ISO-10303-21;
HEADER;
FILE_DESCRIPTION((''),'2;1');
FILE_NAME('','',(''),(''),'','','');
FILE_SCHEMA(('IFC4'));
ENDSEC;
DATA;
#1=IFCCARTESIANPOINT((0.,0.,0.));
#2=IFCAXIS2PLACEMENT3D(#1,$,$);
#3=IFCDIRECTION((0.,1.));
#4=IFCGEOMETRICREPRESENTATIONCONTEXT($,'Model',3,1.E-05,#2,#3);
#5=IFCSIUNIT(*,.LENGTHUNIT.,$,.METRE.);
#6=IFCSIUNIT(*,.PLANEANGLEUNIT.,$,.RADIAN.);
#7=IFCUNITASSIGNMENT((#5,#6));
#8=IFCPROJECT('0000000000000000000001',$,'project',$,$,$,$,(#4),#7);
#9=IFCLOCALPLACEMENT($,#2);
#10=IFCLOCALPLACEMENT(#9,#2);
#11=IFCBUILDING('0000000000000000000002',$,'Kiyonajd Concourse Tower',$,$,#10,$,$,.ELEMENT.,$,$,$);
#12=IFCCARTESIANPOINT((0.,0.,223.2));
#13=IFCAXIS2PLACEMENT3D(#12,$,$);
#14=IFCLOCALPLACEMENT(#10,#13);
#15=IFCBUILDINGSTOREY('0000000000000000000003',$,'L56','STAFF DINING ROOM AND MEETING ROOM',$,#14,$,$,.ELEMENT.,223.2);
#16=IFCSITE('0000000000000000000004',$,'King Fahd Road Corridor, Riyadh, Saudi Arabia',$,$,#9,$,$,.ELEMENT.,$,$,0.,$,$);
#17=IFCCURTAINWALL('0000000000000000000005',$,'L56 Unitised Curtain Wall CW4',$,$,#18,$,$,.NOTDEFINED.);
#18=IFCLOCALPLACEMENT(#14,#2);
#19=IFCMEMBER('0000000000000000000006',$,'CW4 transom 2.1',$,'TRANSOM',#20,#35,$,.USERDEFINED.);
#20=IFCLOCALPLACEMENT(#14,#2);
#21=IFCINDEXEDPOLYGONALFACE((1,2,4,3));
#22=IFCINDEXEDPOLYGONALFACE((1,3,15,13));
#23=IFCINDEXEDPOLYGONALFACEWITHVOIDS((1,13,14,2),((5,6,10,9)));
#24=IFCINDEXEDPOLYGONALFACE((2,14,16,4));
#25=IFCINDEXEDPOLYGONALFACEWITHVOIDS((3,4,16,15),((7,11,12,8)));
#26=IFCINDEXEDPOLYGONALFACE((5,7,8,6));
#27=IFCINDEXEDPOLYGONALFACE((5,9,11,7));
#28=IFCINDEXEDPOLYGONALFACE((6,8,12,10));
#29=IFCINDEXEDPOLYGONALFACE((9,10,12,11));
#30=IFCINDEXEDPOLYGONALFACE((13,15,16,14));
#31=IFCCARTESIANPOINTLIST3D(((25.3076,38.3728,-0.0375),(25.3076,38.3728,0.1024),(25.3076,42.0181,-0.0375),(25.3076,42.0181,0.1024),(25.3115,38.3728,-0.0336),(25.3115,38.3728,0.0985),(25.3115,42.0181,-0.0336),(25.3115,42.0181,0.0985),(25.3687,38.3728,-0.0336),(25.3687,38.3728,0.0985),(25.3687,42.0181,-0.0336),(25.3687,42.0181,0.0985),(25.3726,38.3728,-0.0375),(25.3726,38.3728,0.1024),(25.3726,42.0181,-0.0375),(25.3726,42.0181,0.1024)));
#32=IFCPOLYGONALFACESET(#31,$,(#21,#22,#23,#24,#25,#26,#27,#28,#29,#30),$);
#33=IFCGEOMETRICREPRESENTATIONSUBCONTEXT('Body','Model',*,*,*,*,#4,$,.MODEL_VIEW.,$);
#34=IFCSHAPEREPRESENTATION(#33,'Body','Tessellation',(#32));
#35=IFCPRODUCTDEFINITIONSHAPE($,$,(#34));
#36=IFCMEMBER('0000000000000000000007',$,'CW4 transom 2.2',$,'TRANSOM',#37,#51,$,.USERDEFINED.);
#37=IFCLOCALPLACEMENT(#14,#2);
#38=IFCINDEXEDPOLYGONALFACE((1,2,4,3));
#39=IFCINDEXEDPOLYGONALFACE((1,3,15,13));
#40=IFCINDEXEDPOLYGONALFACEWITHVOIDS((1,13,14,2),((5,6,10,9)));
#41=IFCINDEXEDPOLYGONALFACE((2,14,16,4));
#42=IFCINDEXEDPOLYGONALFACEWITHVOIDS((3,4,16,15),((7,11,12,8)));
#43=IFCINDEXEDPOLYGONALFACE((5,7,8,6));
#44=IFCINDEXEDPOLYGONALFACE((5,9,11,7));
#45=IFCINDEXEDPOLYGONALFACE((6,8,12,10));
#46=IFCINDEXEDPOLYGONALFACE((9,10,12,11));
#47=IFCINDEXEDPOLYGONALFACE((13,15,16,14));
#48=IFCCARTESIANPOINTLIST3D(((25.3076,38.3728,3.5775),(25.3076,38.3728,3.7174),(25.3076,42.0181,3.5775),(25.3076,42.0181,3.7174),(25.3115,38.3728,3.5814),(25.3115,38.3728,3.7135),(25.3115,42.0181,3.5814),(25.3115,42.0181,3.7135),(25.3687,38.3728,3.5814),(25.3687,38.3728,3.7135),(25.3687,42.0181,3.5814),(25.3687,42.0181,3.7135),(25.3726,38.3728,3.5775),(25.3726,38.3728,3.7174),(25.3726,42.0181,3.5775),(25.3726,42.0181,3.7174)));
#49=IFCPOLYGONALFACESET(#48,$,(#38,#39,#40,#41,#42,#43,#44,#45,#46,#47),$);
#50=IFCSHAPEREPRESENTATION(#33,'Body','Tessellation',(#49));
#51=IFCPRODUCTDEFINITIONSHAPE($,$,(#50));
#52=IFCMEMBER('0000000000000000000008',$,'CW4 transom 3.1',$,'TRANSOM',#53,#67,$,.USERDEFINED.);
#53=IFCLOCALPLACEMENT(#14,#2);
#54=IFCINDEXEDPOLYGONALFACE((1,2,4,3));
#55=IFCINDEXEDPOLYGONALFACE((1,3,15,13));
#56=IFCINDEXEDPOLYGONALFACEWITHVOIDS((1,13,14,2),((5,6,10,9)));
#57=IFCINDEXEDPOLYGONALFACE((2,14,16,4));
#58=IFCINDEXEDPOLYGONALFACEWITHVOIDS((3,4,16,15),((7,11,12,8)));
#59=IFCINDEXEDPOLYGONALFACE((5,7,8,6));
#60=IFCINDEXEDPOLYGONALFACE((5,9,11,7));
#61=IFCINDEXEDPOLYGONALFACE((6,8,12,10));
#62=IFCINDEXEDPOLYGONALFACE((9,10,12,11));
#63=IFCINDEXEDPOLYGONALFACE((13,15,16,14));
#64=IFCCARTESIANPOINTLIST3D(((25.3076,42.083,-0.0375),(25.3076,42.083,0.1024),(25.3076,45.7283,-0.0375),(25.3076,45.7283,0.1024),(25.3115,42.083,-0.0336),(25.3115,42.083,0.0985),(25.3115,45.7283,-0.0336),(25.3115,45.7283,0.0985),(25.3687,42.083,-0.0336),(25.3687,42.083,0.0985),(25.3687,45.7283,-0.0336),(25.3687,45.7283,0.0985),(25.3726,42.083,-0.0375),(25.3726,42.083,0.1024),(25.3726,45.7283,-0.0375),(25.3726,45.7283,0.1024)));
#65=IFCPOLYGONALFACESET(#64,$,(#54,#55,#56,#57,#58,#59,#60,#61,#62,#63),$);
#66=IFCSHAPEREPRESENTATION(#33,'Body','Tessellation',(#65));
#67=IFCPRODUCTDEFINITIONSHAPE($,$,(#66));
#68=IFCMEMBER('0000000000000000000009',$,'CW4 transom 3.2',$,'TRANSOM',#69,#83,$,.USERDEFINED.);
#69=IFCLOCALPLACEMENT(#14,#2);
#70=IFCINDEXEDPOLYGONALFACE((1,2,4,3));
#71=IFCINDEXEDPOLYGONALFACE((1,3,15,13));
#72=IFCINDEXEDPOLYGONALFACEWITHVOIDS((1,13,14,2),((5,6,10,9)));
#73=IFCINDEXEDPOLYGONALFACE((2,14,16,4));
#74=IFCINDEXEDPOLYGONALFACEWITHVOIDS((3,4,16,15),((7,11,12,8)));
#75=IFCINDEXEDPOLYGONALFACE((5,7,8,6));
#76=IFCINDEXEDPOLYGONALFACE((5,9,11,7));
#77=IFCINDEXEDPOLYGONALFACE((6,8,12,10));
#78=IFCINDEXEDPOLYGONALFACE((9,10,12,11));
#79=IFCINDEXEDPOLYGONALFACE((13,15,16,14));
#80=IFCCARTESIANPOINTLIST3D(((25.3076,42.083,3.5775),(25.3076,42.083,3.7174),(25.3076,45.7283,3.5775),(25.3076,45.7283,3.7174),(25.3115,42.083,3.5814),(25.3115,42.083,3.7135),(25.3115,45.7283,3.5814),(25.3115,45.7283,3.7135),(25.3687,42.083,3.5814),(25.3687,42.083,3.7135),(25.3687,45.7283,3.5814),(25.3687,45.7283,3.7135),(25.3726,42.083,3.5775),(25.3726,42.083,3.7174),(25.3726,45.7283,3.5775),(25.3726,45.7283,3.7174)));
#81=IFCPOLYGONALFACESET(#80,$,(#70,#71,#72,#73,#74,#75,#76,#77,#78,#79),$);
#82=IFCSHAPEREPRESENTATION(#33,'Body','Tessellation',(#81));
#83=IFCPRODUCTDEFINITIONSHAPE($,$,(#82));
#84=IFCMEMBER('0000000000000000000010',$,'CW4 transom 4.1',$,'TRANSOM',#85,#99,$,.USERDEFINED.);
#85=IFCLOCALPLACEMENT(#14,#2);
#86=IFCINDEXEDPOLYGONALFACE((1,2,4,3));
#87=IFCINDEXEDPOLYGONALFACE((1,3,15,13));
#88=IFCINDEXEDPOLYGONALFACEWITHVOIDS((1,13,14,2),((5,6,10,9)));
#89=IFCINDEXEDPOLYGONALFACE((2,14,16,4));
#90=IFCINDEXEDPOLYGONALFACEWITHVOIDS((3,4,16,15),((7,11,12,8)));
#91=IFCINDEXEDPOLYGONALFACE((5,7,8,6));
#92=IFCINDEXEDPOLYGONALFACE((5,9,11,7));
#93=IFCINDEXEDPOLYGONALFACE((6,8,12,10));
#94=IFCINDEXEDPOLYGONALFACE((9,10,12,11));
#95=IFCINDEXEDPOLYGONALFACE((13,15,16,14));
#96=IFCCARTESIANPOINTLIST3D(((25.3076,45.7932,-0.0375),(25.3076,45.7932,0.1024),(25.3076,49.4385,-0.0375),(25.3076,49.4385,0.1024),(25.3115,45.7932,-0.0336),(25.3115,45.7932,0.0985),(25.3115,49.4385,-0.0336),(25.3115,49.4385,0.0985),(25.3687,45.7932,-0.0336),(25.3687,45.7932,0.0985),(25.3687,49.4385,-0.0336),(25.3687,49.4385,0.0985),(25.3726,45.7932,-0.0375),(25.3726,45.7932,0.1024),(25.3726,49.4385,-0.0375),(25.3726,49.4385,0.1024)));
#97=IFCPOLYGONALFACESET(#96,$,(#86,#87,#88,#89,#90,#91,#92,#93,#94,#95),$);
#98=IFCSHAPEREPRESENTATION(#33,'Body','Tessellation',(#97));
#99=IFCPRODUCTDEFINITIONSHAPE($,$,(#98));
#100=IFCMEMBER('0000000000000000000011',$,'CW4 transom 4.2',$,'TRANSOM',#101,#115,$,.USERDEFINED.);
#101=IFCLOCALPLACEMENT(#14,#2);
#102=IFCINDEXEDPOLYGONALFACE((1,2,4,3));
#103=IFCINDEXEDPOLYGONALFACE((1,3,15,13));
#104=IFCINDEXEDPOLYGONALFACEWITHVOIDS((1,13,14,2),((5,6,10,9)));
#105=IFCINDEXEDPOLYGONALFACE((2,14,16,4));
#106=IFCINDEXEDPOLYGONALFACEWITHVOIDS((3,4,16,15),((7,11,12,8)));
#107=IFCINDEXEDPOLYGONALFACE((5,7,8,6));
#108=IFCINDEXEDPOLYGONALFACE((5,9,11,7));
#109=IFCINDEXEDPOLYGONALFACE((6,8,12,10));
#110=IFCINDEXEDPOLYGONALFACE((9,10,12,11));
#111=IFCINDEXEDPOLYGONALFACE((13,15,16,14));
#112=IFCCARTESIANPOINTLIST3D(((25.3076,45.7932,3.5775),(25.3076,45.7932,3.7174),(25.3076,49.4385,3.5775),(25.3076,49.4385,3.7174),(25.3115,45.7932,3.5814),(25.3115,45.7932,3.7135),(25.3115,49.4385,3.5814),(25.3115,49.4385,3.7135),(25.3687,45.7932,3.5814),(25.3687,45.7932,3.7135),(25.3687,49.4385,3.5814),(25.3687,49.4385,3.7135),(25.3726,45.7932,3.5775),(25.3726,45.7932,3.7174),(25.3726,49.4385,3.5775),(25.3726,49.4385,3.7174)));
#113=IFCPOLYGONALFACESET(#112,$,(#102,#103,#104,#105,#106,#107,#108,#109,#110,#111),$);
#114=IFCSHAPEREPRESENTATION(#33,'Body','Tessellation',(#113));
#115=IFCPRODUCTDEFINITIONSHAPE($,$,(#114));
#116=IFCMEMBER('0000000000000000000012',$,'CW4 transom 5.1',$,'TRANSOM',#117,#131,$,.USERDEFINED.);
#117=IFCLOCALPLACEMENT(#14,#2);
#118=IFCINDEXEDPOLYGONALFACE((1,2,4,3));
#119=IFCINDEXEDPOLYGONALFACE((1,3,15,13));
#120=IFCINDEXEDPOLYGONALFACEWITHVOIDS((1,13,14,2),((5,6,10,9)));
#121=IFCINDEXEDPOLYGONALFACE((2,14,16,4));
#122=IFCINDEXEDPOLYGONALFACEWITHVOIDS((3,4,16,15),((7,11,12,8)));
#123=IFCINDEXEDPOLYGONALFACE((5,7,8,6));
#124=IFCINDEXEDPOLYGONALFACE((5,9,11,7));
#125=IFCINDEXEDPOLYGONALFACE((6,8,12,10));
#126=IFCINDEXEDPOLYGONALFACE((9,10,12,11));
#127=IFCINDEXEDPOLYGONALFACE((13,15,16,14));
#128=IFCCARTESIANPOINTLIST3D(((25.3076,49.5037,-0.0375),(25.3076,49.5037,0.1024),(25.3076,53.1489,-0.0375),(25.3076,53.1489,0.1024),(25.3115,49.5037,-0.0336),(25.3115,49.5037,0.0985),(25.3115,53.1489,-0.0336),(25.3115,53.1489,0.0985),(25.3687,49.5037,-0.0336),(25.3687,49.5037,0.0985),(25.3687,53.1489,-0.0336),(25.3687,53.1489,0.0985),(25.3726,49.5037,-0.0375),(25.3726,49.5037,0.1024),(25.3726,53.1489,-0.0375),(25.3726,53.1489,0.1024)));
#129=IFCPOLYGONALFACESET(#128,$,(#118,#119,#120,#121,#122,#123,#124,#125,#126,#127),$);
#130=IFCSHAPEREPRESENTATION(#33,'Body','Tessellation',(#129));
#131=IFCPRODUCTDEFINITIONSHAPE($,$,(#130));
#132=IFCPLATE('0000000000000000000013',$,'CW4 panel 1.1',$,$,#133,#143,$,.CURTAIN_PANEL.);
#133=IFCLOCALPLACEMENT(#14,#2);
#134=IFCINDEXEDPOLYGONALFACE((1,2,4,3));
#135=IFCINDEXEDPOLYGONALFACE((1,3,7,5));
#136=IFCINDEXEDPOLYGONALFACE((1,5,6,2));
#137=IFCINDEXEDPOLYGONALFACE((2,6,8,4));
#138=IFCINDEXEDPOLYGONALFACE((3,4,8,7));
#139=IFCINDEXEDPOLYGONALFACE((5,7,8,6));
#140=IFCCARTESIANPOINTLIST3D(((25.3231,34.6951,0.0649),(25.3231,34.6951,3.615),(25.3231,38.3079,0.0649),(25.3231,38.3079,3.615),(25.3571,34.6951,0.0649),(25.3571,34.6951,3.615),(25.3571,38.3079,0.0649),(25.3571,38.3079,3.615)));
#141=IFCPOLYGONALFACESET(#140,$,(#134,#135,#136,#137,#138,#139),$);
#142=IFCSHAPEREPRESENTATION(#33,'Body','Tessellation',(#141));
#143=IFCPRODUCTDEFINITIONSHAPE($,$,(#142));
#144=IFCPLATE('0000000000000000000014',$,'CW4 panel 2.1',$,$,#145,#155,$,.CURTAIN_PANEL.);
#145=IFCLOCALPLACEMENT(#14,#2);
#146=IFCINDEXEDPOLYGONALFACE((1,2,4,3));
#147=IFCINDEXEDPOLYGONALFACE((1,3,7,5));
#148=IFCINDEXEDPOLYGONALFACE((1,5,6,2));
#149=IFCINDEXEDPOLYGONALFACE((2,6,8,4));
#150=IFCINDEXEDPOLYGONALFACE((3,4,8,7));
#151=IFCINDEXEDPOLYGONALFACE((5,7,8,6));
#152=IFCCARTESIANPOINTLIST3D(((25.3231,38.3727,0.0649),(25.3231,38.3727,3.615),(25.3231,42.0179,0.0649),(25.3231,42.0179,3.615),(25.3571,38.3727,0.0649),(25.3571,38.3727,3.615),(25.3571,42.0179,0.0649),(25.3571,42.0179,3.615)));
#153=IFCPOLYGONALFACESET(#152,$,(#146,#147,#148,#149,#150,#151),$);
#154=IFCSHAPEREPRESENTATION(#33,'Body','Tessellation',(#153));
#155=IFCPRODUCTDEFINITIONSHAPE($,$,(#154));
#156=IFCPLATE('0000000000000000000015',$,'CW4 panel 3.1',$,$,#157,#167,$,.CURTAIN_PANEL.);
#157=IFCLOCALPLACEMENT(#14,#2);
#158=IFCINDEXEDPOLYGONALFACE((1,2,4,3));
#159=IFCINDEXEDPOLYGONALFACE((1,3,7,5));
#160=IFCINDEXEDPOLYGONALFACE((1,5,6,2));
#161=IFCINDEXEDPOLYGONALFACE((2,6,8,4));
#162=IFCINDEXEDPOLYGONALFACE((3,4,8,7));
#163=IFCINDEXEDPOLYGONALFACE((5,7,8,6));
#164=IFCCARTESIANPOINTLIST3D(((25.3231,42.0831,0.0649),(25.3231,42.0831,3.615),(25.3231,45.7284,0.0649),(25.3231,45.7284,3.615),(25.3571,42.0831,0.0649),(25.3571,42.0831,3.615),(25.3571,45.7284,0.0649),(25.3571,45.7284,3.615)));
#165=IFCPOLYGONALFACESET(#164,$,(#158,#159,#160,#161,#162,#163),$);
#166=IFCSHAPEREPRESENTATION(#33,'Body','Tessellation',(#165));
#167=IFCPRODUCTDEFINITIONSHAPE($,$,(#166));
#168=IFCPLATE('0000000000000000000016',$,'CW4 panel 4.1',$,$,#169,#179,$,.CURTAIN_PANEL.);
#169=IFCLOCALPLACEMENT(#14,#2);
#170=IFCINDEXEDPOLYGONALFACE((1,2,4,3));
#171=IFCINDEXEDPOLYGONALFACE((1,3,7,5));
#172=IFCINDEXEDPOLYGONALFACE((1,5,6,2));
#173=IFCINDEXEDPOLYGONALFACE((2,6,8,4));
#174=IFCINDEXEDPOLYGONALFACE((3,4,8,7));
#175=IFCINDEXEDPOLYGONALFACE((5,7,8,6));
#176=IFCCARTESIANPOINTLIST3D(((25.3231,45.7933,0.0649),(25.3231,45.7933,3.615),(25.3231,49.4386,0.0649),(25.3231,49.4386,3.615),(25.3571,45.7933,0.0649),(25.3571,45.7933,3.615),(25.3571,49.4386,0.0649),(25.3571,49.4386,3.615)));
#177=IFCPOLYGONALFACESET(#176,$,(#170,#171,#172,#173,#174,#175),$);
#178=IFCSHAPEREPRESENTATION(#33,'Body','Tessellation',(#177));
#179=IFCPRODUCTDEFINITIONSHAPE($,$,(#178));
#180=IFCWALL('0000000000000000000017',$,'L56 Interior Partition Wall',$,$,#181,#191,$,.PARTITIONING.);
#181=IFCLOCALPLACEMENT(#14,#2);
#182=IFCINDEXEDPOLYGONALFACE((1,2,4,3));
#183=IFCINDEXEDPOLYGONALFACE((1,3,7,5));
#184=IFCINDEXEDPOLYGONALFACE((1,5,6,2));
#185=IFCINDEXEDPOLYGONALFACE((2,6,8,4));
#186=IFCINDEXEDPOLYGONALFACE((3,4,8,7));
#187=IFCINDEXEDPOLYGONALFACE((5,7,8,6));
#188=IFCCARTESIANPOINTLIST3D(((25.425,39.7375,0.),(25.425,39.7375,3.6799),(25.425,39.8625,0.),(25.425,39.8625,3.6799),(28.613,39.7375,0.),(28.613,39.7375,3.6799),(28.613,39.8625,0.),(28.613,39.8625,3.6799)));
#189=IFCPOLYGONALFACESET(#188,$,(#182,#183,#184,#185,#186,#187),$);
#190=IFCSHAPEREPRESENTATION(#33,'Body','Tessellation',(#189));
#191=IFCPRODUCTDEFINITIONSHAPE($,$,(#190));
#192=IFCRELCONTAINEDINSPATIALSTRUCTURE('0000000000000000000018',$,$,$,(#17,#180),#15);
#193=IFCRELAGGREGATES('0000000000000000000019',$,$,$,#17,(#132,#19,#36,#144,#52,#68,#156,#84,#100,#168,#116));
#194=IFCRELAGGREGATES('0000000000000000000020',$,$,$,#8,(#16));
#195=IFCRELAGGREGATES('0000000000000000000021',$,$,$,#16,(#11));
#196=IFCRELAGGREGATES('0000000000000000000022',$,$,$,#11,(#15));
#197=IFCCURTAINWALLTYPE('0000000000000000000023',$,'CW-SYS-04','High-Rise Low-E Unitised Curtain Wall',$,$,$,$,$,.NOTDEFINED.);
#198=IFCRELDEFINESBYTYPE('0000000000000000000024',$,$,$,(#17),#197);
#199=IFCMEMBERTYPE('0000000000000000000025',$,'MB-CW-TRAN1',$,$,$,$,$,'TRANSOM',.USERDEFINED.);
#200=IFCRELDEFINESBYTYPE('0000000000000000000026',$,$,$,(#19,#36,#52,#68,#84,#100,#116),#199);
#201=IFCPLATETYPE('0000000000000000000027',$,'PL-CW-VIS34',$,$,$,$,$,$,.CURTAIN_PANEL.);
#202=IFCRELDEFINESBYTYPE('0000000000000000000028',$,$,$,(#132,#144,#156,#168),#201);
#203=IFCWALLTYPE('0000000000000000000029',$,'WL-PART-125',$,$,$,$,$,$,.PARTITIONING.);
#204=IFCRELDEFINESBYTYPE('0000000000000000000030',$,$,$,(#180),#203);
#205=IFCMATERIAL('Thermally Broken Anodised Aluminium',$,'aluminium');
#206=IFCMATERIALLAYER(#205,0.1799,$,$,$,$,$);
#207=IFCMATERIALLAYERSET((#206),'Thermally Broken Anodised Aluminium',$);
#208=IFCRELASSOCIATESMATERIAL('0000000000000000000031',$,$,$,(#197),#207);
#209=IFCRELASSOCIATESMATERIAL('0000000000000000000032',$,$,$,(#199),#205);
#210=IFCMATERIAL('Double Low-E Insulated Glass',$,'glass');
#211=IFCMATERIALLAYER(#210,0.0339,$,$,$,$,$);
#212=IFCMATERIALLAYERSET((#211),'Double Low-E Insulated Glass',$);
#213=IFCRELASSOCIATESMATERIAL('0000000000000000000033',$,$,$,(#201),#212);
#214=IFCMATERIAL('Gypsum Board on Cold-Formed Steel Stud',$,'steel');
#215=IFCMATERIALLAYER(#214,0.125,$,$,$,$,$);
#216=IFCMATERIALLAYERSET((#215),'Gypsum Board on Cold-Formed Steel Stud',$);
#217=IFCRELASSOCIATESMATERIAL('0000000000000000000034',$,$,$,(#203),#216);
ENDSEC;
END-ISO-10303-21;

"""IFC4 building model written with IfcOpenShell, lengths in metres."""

from ifc_helpers import new_model, si_unit, direction, frame, frame_2d, origin, origin_2d, place, context, subcontext, project, spatial, rectangle, hollow_rectangle, extrude, material, layer, layer_set, material_profile, profile_set, type_object, element, aggregate, save


model = new_model("IFC4")

# Units and contexts
model_context = context("Model", 3, precision=1e-05, world=origin(), true_north=direction((0.0, 1.0)))
body_context = subcontext(model_context, "Body", "Model", "MODEL_VIEW")
ifc_project = project(units=[si_unit("LENGTHUNIT", "METRE"), si_unit("PLANEANGLEUNIT", "RADIAN")], contexts=[model_context])

# Site, building, storey
site_placement = place(None, origin())
site = spatial("IfcSite", under=ifc_project, at=site_placement, Name="King Fahd Road Corridor, Riyadh, Saudi Arabia", CompositionType="ELEMENT", RefElevation=0.0)
building_placement = place(site_placement, origin())
building = spatial("IfcBuilding", under=site, at=building_placement, Name="Kiyonajd Concourse Tower", CompositionType="ELEMENT")
storey_placement = place(building_placement, frame((0.0, 0.0, 223.2)))
storey = spatial("IfcBuildingStorey", under=building, at=storey_placement, Name="L56", Description="STAFF DINING ROOM AND MEETING ROOM", CompositionType="ELEMENT", Elevation=223.2)

# Curtain wall, members, plates
ifc_material_1 = material(Name="Thermally Broken Anodised Aluminium", Category="aluminium")
ifc_layer_1 = layer(ifc_material_1, 0.1799)
ifc_layer_set_1 = layer_set([ifc_layer_1], Name="Thermally Broken Anodised Aluminium")
curtain_wall_type = type_object("IfcCurtainWallType", Name="CW-SYS-04", Description="High-Rise Low-E Unitised Curtain Wall", PredefinedType="NOTDEFINED", material=ifc_layer_set_1)
curtain_wall_placement = place(storey_placement, origin())
curtain_wall = element("IfcCurtainWall", 1, at=curtain_wall_placement, inside=storey, type_object=curtain_wall_type, Name="L56 Unitised Curtain Wall CW4", PredefinedType="NOTDEFINED")
ifc_material_profile_1 = material_profile(ifc_material_1, hollow_rectangle(XDim=0.0649, YDim=0.1399, WallThickness=0.0039, at=origin_2d()), Name="TRAN-65x140")
ifc_profile_set_1 = profile_set([ifc_material_profile_1], Name="Thermally Broken Anodised Aluminium")
member_type_1 = type_object("IfcMemberType", Name="MB-CW-TRAN1", ElementType="TRANSOM", PredefinedType="USERDEFINED", material=ifc_profile_set_1)
member_1_placement = place(storey_placement, frame((25.3401, 38.3728, 0.0325), z_axis=(0.0, 1.0, 0.0), x_axis=(-1.0, 0.0, 0.0)))
member_1 = element("IfcMember", 2, at=member_1_placement, type_object=member_type_1, Name="CW4 transom 2.1", ObjectType="TRANSOM", PredefinedType="USERDEFINED", context=body_context, shape_type="SweptSolid", body=[
    extrude(hollow_rectangle(XDim=0.0649, YDim=0.1399, WallThickness=0.0039, at=origin_2d()), origin(), (0.0, 0.0, 1.0), 3.6453),
])
member_2_placement = place(storey_placement, frame((25.3401, 38.3728, 3.6475), z_axis=(0.0, 1.0, 0.0), x_axis=(-1.0, 0.0, 0.0)))
member_2 = element("IfcMember", 3, at=member_2_placement, type_object=member_type_1, Name="CW4 transom 2.2", ObjectType="TRANSOM", PredefinedType="USERDEFINED", context=body_context, shape_type="SweptSolid", body=[
    extrude(hollow_rectangle(XDim=0.0649, YDim=0.1399, WallThickness=0.0039, at=origin_2d()), origin(), (0.0, 0.0, 1.0), 3.6453),
])
member_3_placement = place(storey_placement, frame((25.3401, 42.083, 0.0325), z_axis=(0.0, 1.0, 0.0), x_axis=(-1.0, 0.0, 0.0)))
member_3 = element("IfcMember", 4, at=member_3_placement, type_object=member_type_1, Name="CW4 transom 3.1", ObjectType="TRANSOM", PredefinedType="USERDEFINED", context=body_context, shape_type="SweptSolid", body=[
    extrude(hollow_rectangle(XDim=0.0649, YDim=0.1399, WallThickness=0.0039, at=origin_2d()), origin(), (0.0, 0.0, 1.0), 3.6453),
])
member_4_placement = place(storey_placement, frame((25.3401, 42.083, 3.6475), z_axis=(0.0, 1.0, 0.0), x_axis=(-1.0, 0.0, 0.0)))
member_4 = element("IfcMember", 5, at=member_4_placement, type_object=member_type_1, Name="CW4 transom 3.2", ObjectType="TRANSOM", PredefinedType="USERDEFINED", context=body_context, shape_type="SweptSolid", body=[
    extrude(hollow_rectangle(XDim=0.0649, YDim=0.1399, WallThickness=0.0039, at=origin_2d()), origin(), (0.0, 0.0, 1.0), 3.6453),
])
member_5_placement = place(storey_placement, frame((25.3401, 45.7932, 0.0325), z_axis=(0.0, 1.0, 0.0), x_axis=(-1.0, 0.0, 0.0)))
member_5 = element("IfcMember", 6, at=member_5_placement, type_object=member_type_1, Name="CW4 transom 4.1", ObjectType="TRANSOM", PredefinedType="USERDEFINED", context=body_context, shape_type="SweptSolid", body=[
    extrude(hollow_rectangle(XDim=0.0649, YDim=0.1399, WallThickness=0.0039, at=origin_2d()), origin(), (0.0, 0.0, 1.0), 3.6453),
])
member_6_placement = place(storey_placement, frame((25.3401, 45.7932, 3.6475), z_axis=(0.0, 1.0, 0.0), x_axis=(-1.0, 0.0, 0.0)))
member_6 = element("IfcMember", 7, at=member_6_placement, type_object=member_type_1, Name="CW4 transom 4.2", ObjectType="TRANSOM", PredefinedType="USERDEFINED", context=body_context, shape_type="SweptSolid", body=[
    extrude(hollow_rectangle(XDim=0.0649, YDim=0.1399, WallThickness=0.0039, at=origin_2d()), origin(), (0.0, 0.0, 1.0), 3.6453),
])
member_7_placement = place(storey_placement, frame((25.3401, 49.5037, 0.0325), z_axis=(0.0, 1.0, 0.0), x_axis=(-1.0, 0.0, 0.0)))
member_7 = element("IfcMember", 8, at=member_7_placement, type_object=member_type_1, Name="CW4 transom 5.1", ObjectType="TRANSOM", PredefinedType="USERDEFINED", context=body_context, shape_type="SweptSolid", body=[
    extrude(hollow_rectangle(XDim=0.0649, YDim=0.1399, WallThickness=0.0039, at=origin_2d()), origin(), (0.0, 0.0, 1.0), 3.6453),
])
ifc_material_2 = material(Name="Double Low-E Insulated Glass", Category="glass")
ifc_layer_2 = layer(ifc_material_2, 0.0339)
ifc_layer_set_2 = layer_set([ifc_layer_2], Name="Double Low-E Insulated Glass")
plate_type = type_object("IfcPlateType", Name="PL-CW-VIS34", PredefinedType="CURTAIN_PANEL", material=ifc_layer_set_2)
plate_1_placement = place(storey_placement, frame((25.3401, 36.5015, 0.0649), z_axis=(0.0, 0.0, 1.0), x_axis=(0.0, 1.0, 0.0)))
plate_1 = element("IfcPlate", 9, at=plate_1_placement, type_object=plate_type, Name="CW4 panel 1.1", PredefinedType="CURTAIN_PANEL", context=body_context, shape_type="SweptSolid", body=[
    extrude(rectangle(XDim=3.6128, YDim=0.0339, at=origin_2d()), origin(), (0.0, 0.0, 1.0), 3.55),
])
plate_2_placement = place(storey_placement, frame((25.3401, 40.1953, 0.0649), z_axis=(0.0, 0.0, 1.0), x_axis=(0.0, 1.0, 0.0)))
plate_2 = element("IfcPlate", 10, at=plate_2_placement, type_object=plate_type, Name="CW4 panel 2.1", PredefinedType="CURTAIN_PANEL", context=body_context, shape_type="SweptSolid", body=[
    extrude(rectangle(XDim=3.6453, YDim=0.0339, at=origin_2d()), origin(), (0.0, 0.0, 1.0), 3.55),
])
plate_3_placement = place(storey_placement, frame((25.3401, 43.9058, 0.0649), z_axis=(0.0, 0.0, 1.0), x_axis=(0.0, 1.0, 0.0)))
plate_3 = element("IfcPlate", 11, at=plate_3_placement, type_object=plate_type, Name="CW4 panel 3.1", PredefinedType="CURTAIN_PANEL", context=body_context, shape_type="SweptSolid", body=[
    extrude(rectangle(XDim=3.6453, YDim=0.0339, at=origin_2d()), origin(), (0.0, 0.0, 1.0), 3.55),
])
plate_4_placement = place(storey_placement, frame((25.3401, 47.616, 0.0649), z_axis=(0.0, 0.0, 1.0), x_axis=(0.0, 1.0, 0.0)))
plate_4 = element("IfcPlate", 12, at=plate_4_placement, type_object=plate_type, Name="CW4 panel 4.1", PredefinedType="CURTAIN_PANEL", context=body_context, shape_type="SweptSolid", body=[
    extrude(rectangle(XDim=3.6453, YDim=0.0339, at=origin_2d()), origin(), (0.0, 0.0, 1.0), 3.55),
])
aggregate(curtain_wall, [plate_1, member_1, member_2, plate_2, member_3, member_4, plate_3, member_5, member_6, plate_4, member_7])

# Wall
ifc_material_3 = material(Name="Gypsum Board on Cold-Formed Steel Stud", Category="steel")
ifc_layer_3 = layer(ifc_material_3, 0.125)
ifc_layer_set_3 = layer_set([ifc_layer_3], Name="Gypsum Board on Cold-Formed Steel Stud")
wall_type_1 = type_object("IfcWallType", Name="WL-PART-125", PredefinedType="PARTITIONING", material=ifc_layer_set_3)
wall_1_placement = place(storey_placement, frame((25.425, 39.8, 0.0), z_axis=(0.0, 0.0, 1.0), x_axis=(1.0, 0.0, 0.0)))
element("IfcWall", 13, at=wall_1_placement, inside=storey, type_object=wall_type_1, Name="L56 Interior Partition Wall", PredefinedType="PARTITIONING", context=body_context, shape_type="SweptSolid", body=[
    extrude(rectangle(XDim=3.188, YDim=0.125, at=frame_2d((1.594, 0.0))), origin(), (0.0, 0.0, 1.0), 3.6799),
])

save(model, "model.ifc")
